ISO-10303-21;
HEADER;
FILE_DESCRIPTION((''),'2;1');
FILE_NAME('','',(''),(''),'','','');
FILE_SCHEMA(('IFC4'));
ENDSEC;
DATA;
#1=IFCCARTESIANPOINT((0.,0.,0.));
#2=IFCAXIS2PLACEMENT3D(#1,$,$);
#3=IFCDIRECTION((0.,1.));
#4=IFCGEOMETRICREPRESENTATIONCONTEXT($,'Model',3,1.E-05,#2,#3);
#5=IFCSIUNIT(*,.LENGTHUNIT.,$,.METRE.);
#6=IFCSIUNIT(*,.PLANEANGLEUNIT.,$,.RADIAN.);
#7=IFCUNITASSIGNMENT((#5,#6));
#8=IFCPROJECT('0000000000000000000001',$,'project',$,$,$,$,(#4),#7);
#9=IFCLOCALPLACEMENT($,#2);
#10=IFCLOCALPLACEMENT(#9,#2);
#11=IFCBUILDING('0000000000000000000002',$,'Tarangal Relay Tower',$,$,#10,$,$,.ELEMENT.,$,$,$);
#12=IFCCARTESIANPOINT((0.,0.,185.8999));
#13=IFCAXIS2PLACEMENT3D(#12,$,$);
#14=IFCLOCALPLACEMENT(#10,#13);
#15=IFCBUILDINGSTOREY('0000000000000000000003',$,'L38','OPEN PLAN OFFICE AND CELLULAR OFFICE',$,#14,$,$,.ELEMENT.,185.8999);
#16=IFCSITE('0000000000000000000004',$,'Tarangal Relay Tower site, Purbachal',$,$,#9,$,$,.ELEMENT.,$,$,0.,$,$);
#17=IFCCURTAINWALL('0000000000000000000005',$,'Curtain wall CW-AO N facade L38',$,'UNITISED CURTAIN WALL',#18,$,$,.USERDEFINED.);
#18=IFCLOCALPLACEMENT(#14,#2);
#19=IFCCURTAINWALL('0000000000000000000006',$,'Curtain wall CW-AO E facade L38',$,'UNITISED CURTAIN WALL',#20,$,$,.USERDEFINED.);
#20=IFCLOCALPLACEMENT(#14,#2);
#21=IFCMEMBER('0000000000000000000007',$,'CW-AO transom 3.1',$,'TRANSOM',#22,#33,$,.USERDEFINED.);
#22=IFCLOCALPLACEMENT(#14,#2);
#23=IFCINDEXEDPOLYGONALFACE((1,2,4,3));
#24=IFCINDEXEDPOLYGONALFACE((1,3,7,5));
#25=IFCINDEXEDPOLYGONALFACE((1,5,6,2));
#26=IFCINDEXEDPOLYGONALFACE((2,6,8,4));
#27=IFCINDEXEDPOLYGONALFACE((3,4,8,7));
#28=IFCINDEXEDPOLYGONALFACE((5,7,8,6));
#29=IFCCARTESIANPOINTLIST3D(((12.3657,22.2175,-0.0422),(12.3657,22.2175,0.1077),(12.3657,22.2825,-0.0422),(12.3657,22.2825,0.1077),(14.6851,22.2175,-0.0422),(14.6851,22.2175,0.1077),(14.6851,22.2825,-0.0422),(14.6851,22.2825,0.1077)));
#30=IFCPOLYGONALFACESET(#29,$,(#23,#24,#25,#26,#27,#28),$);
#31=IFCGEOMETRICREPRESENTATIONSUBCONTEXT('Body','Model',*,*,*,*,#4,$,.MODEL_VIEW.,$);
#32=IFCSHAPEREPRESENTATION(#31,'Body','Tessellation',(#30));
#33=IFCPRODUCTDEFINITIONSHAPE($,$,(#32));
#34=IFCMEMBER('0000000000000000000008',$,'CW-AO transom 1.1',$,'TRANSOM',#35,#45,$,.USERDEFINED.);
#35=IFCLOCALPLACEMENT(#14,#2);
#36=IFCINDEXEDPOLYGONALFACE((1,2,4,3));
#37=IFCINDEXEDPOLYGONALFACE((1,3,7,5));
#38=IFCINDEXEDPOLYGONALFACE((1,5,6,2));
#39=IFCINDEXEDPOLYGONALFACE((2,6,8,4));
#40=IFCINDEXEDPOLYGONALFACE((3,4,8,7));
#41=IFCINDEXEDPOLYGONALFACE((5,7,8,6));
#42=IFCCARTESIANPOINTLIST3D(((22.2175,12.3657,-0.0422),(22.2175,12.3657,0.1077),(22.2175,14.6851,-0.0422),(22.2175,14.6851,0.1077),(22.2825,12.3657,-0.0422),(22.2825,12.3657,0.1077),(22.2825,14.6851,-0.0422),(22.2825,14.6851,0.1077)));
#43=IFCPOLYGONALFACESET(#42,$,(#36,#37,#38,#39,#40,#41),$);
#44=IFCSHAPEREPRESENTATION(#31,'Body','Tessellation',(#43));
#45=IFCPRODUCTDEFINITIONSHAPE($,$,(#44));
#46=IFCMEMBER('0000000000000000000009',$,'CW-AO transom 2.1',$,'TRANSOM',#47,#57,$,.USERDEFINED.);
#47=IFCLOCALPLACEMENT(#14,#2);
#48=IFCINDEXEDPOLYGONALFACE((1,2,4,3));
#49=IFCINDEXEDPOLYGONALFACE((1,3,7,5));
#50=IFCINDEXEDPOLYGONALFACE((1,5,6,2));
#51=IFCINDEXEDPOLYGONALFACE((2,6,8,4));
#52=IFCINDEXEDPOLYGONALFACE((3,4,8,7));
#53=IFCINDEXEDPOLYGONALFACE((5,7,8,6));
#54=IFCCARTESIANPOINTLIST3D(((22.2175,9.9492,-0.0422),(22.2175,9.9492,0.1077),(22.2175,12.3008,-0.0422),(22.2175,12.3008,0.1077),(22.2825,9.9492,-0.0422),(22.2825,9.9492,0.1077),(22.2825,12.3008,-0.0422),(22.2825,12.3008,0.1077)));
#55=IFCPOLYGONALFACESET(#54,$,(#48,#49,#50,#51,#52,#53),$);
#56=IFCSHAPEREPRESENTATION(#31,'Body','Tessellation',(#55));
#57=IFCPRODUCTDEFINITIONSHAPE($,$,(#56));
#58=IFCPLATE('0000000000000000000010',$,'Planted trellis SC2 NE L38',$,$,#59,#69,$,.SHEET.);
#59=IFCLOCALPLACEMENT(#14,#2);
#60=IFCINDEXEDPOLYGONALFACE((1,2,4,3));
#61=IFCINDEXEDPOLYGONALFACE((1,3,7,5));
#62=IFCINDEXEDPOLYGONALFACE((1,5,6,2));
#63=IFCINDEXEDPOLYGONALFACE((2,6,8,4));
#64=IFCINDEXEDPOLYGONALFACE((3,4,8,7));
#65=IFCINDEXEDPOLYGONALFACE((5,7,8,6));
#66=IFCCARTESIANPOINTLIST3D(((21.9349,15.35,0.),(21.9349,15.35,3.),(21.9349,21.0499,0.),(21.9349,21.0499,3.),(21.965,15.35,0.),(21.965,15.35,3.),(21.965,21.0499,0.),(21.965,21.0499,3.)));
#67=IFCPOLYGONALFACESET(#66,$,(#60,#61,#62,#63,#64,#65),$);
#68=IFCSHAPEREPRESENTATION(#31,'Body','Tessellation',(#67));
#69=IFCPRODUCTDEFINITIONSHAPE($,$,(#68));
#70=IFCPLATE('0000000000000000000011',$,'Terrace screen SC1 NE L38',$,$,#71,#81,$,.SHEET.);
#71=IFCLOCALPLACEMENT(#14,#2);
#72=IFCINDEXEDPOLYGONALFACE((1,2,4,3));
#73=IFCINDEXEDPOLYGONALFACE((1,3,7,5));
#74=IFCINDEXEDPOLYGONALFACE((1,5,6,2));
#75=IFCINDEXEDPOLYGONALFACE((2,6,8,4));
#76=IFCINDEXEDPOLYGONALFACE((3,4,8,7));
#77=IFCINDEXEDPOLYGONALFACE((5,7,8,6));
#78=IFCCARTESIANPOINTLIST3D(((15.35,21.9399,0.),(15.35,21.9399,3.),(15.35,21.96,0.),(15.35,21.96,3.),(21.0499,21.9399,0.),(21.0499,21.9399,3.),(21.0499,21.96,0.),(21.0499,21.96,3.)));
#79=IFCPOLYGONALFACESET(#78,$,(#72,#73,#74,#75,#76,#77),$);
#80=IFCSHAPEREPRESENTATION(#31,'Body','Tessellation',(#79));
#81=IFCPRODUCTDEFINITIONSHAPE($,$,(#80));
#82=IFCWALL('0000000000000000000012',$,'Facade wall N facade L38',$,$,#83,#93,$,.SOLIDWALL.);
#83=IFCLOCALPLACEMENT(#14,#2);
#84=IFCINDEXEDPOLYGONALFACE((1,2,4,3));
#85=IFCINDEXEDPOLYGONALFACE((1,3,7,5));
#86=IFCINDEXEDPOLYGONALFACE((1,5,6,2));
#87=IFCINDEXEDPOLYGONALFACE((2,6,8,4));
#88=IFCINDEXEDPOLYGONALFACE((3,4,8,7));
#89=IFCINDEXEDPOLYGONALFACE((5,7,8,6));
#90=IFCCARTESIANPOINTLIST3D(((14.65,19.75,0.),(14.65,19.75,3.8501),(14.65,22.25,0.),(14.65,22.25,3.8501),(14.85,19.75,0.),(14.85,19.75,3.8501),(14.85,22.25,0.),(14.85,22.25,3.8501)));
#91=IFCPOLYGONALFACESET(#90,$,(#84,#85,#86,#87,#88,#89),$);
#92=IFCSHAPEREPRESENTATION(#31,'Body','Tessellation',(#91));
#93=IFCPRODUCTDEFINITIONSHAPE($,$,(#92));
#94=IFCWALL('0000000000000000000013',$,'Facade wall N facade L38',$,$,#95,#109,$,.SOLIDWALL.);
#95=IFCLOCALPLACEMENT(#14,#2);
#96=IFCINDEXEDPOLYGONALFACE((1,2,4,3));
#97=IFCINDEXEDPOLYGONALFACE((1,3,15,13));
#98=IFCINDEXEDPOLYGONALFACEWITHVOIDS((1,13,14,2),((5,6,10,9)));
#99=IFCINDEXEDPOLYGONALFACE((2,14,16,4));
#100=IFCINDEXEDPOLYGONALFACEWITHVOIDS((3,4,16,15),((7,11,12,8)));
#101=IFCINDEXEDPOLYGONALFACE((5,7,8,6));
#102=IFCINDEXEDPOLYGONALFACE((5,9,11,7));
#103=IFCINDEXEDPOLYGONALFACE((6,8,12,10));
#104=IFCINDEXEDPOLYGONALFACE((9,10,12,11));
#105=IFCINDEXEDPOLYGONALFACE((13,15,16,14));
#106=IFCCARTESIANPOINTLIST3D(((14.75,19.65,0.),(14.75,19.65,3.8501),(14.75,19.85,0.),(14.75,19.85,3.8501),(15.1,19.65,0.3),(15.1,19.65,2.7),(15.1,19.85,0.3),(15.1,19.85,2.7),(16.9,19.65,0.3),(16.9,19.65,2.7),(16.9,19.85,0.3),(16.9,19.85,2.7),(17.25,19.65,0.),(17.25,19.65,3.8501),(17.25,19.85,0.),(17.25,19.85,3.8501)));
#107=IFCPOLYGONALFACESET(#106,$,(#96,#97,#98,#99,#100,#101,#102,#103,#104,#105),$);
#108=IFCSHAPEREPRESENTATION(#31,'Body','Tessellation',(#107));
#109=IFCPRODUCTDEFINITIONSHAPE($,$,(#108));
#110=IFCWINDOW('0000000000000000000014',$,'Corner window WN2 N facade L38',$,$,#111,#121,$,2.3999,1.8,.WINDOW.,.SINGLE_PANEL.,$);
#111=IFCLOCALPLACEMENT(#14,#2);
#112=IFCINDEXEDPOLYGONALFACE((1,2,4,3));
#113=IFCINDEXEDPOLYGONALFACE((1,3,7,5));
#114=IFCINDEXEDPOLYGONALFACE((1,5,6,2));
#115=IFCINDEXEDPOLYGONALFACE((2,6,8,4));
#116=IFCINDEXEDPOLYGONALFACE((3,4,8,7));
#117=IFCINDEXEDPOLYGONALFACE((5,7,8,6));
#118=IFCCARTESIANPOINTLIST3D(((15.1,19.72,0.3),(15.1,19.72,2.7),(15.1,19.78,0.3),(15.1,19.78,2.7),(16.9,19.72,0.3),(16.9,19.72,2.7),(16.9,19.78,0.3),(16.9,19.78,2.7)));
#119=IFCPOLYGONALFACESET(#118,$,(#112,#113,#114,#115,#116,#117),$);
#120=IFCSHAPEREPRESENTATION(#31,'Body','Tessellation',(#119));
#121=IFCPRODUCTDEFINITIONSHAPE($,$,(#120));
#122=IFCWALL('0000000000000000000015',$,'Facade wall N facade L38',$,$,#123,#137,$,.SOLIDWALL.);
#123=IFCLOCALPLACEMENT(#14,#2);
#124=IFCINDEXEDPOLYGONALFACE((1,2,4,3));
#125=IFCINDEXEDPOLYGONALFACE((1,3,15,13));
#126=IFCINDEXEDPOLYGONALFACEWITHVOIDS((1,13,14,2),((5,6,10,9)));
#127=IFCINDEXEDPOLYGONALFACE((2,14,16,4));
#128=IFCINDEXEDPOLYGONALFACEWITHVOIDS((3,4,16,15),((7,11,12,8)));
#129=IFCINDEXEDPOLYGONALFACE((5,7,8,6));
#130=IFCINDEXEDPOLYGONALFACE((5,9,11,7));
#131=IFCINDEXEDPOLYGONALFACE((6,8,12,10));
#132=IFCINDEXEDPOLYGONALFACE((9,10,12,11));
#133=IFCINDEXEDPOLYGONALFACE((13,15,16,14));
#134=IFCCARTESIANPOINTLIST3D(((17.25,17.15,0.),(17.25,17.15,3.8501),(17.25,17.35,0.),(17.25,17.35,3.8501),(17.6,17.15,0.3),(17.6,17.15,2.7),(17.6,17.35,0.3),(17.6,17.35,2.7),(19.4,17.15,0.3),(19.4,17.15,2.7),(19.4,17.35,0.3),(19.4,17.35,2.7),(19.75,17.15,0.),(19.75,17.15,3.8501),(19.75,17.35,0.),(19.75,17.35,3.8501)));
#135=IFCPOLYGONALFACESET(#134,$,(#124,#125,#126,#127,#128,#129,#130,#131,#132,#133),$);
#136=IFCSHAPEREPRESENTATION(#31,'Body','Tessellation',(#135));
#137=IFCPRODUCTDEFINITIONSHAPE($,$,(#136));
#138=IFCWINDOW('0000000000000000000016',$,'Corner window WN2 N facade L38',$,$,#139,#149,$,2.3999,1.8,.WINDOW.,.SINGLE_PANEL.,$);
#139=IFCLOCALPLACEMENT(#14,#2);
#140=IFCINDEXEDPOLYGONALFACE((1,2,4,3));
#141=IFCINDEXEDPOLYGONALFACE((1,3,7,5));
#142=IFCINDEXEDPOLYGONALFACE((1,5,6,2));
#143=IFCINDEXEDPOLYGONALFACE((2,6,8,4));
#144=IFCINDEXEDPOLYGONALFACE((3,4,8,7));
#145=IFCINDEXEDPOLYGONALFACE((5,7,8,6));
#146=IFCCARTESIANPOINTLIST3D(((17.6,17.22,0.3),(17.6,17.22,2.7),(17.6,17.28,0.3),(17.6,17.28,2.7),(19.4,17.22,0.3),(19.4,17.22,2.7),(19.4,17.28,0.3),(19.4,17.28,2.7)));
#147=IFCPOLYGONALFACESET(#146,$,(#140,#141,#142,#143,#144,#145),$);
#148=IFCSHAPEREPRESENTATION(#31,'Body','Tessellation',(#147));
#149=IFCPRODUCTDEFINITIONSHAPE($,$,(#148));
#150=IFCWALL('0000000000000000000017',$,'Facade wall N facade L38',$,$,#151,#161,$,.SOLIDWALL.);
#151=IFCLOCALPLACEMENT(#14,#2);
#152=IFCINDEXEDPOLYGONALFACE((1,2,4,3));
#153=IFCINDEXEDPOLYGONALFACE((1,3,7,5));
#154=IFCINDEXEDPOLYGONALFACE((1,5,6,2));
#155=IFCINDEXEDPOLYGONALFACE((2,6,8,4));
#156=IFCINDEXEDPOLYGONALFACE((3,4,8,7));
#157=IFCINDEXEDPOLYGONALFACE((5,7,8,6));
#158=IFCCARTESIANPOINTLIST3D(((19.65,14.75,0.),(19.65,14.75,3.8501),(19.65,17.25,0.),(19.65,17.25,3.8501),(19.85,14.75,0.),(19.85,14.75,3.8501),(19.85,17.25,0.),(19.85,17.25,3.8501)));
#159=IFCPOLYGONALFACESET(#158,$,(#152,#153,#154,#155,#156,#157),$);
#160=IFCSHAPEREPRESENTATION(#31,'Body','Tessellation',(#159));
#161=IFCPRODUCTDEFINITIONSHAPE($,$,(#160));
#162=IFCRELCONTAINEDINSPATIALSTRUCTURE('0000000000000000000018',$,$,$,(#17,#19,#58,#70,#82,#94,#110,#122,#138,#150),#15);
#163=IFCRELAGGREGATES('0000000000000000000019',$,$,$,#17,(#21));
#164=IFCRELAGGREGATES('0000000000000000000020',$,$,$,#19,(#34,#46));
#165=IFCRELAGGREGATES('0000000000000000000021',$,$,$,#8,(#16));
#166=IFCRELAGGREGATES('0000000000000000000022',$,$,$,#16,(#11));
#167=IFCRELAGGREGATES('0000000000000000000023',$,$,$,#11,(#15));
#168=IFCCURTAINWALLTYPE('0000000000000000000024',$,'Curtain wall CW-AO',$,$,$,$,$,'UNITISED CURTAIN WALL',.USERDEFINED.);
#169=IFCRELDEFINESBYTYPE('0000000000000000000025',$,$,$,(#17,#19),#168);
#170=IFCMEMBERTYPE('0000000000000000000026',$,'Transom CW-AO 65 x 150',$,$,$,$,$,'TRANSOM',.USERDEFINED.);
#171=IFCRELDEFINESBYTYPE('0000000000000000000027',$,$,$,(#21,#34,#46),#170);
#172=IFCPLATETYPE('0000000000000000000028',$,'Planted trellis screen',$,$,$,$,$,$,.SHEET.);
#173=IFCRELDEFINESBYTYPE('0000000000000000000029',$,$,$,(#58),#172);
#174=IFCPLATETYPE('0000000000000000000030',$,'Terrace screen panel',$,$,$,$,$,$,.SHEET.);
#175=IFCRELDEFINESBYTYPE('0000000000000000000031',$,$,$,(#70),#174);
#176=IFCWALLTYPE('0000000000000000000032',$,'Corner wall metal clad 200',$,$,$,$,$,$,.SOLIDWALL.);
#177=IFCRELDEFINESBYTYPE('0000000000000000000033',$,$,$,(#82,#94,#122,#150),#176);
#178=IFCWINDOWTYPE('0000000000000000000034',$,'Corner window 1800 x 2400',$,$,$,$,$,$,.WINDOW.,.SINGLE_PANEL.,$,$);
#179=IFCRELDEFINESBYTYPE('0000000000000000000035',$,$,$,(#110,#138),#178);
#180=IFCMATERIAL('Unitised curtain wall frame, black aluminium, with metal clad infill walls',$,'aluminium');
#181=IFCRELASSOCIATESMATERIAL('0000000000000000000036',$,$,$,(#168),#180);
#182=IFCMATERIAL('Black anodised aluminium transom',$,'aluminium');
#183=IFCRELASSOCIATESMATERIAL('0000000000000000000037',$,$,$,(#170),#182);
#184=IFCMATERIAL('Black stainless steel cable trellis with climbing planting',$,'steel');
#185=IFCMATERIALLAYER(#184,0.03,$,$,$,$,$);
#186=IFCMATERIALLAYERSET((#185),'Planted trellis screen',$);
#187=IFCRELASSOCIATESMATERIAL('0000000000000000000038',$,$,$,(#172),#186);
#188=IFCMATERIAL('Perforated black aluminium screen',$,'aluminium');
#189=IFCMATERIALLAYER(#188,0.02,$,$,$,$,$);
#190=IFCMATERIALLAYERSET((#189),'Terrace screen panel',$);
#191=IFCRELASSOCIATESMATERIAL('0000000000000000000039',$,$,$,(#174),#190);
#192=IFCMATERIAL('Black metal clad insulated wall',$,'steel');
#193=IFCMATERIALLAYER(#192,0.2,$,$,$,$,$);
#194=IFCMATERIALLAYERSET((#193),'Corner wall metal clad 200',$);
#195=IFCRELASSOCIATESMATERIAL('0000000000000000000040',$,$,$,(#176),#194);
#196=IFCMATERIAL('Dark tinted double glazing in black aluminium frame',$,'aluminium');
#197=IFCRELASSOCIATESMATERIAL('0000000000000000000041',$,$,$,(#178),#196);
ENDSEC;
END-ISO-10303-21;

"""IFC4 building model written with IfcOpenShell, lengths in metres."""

from ifc_helpers import new_model, si_unit, direction, frame, frame_2d, origin, origin_2d, place, context, subcontext, project, spatial, rectangle, extrude, material, layer, layer_set, material_profile, profile_set, type_object, element, fill, aggregate, save


model = new_model("IFC4")

# Units and contexts
model_context = context("Model", 3, precision=1e-05, world=origin(), true_north=direction((0.0, 1.0)))
body_context = subcontext(model_context, "Body", "Model", "MODEL_VIEW")
ifc_project = project(units=[si_unit("LENGTHUNIT", "METRE"), si_unit("PLANEANGLEUNIT", "RADIAN")], contexts=[model_context])

# Site, building, storey
site_placement = place(None, origin())
site = spatial("IfcSite", under=ifc_project, at=site_placement, Name="Tarangal Relay Tower site, Purbachal", CompositionType="ELEMENT", RefElevation=0.0)
building_placement = place(site_placement, origin())
building = spatial("IfcBuilding", under=site, at=building_placement, Name="Tarangal Relay Tower", CompositionType="ELEMENT")
storey_placement = place(building_placement, frame((0.0, 0.0, 185.8999)))
storey = spatial("IfcBuildingStorey", under=building, at=storey_placement, Name="L38", Description="OPEN PLAN OFFICE AND CELLULAR OFFICE", CompositionType="ELEMENT", Elevation=185.8999)

# Curtain walls
ifc_material_1 = material(Name="Unitised curtain wall frame, black aluminium, with metal clad infill walls", Category="aluminium")
curtain_wall_type = type_object("IfcCurtainWallType", Name="Curtain wall CW-AO", ElementType="UNITISED CURTAIN WALL", PredefinedType="USERDEFINED", material=ifc_material_1)
curtain_wall_1_placement = place(storey_placement, origin())
curtain_wall_1 = element("IfcCurtainWall", 1, at=curtain_wall_1_placement, inside=storey, type_object=curtain_wall_type, Name="Curtain wall CW-AO N facade L38", ObjectType="UNITISED CURTAIN WALL", PredefinedType="USERDEFINED")
curtain_wall_2_placement = place(storey_placement, origin())
curtain_wall_2 = element("IfcCurtainWall", 2, at=curtain_wall_2_placement, inside=storey, type_object=curtain_wall_type, Name="Curtain wall CW-AO E facade L38", ObjectType="UNITISED CURTAIN WALL", PredefinedType="USERDEFINED")

# Members
ifc_material_2 = material(Name="Black anodised aluminium transom", Category="aluminium")
ifc_material_profile_1 = material_profile(ifc_material_2, rectangle(XDim=0.0649, YDim=0.1499, at=origin_2d()), Name="CW-AOT 65X150")
ifc_profile_set_1 = profile_set([ifc_material_profile_1], Name="Black anodised aluminium transom")
member_type_1 = type_object("IfcMemberType", Name="Transom CW-AO 65 x 150", ElementType="TRANSOM", PredefinedType="USERDEFINED", material=ifc_profile_set_1)
member_1_placement = place(storey_placement, frame((12.3657, 22.25, 0.0327), z_axis=(1.0, 0.0, 0.0), x_axis=(0.0, 1.0, 0.0)))
member_1 = element("IfcMember", 3, at=member_1_placement, type_object=member_type_1, Name="CW-AO transom 3.1", ObjectType="TRANSOM", PredefinedType="USERDEFINED", context=body_context, shape_type="SweptSolid", body=[
    extrude(rectangle(XDim=0.0649, YDim=0.1499, at=origin_2d()), origin(), (0.0, 0.0, 1.0), 2.3193),
])
aggregate(curtain_wall_1, [member_1])
member_2_placement = place(storey_placement, frame((22.25, 14.6851, 0.0327), z_axis=(0.0, -1.0, 0.0), x_axis=(1.0, 0.0, 0.0)))
member_2 = element("IfcMember", 4, at=member_2_placement, type_object=member_type_1, Name="CW-AO transom 1.1", ObjectType="TRANSOM", PredefinedType="USERDEFINED", context=body_context, shape_type="SweptSolid", body=[
    extrude(rectangle(XDim=0.0649, YDim=0.1499, at=origin_2d()), origin(), (0.0, 0.0, 1.0), 2.3193),
])
member_3_placement = place(storey_placement, frame((22.25, 12.3008, 0.0327), z_axis=(0.0, -1.0, 0.0), x_axis=(1.0, 0.0, 0.0)))
member_3 = element("IfcMember", 5, at=member_3_placement, type_object=member_type_1, Name="CW-AO transom 2.1", ObjectType="TRANSOM", PredefinedType="USERDEFINED", context=body_context, shape_type="SweptSolid", body=[
    extrude(rectangle(XDim=0.0649, YDim=0.1499, at=origin_2d()), origin(), (0.0, 0.0, 1.0), 2.3516),
])
aggregate(curtain_wall_2, [member_2, member_3])

# Plates
ifc_material_3 = material(Name="Black stainless steel cable trellis with climbing planting", Category="steel")
ifc_layer_1 = layer(ifc_material_3, 0.03)
ifc_layer_set_1 = layer_set([ifc_layer_1], Name="Planted trellis screen")
plate_type_1 = type_object("IfcPlateType", Name="Planted trellis screen", PredefinedType="SHEET", material=ifc_layer_set_1)
plate_1_placement = place(storey_placement, frame((21.95, 18.2, 0.0), z_axis=(0.0, 0.0, 1.0), x_axis=(0.0, -1.0, 0.0)))
element("IfcPlate", 6, at=plate_1_placement, inside=storey, type_object=plate_type_1, Name="Planted trellis SC2 NE L38", PredefinedType="SHEET", context=body_context, shape_type="SweptSolid", body=[
    extrude(rectangle(XDim=5.7, YDim=0.03, at=origin_2d()), origin(), (0.0, 0.0, 1.0), 3.0),
])
ifc_material_4 = material(Name="Perforated black aluminium screen", Category="aluminium")
ifc_layer_2 = layer(ifc_material_4, 0.02)
ifc_layer_set_2 = layer_set([ifc_layer_2], Name="Terrace screen panel")
plate_type_2 = type_object("IfcPlateType", Name="Terrace screen panel", PredefinedType="SHEET", material=ifc_layer_set_2)
plate_2_placement = place(storey_placement, frame((18.2, 21.95, 0.0), z_axis=(0.0, 0.0, 1.0), x_axis=(1.0, 0.0, 0.0)))
element("IfcPlate", 7, at=plate_2_placement, inside=storey, type_object=plate_type_2, Name="Terrace screen SC1 NE L38", PredefinedType="SHEET", context=body_context, shape_type="SweptSolid", body=[
    extrude(rectangle(XDim=5.7, YDim=0.02, at=origin_2d()), origin(), (0.0, 0.0, 1.0), 3.0),
])

# Wall
ifc_material_5 = material(Name="Black metal clad insulated wall", Category="steel")
ifc_layer_3 = layer(ifc_material_5, 0.2)
ifc_layer_set_3 = layer_set([ifc_layer_3], Name="Corner wall metal clad 200")
wall_type_1 = type_object("IfcWallType", Name="Corner wall metal clad 200", PredefinedType="SOLIDWALL", material=ifc_layer_set_3)
wall_1_placement = place(storey_placement, frame((14.75, 22.25, 0.0), z_axis=(0.0, 0.0, 1.0), x_axis=(0.0, -1.0, 0.0)))
element("IfcWall", 8, at=wall_1_placement, inside=storey, type_object=wall_type_1, Name="Facade wall N facade L38", PredefinedType="SOLIDWALL", context=body_context, shape_type="SweptSolid", body=[
    extrude(rectangle(XDim=2.5, YDim=0.2, at=frame_2d((1.25, 0.0))), origin(), (0.0, 0.0, 1.0), 3.8501),
])

# Wall, opening, window
wall_2_placement = place(storey_placement, frame((14.75, 19.75, 0.0), z_axis=(0.0, 0.0, 1.0), x_axis=(1.0, 0.0, 0.0)))
wall_2 = element("IfcWall", 9, at=wall_2_placement, inside=storey, type_object=wall_type_1, Name="Facade wall N facade L38", PredefinedType="SOLIDWALL", context=body_context, shape_type="SweptSolid", body=[
    extrude(rectangle(XDim=2.5, YDim=0.2, at=frame_2d((1.25, 0.0))), origin(), (0.0, 0.0, 1.0), 3.8501),
])
opening_1_placement = place(wall_2_placement, frame((0.3501, 0.0, 0.3)))
opening_1 = element("IfcOpeningElement", 10, at=opening_1_placement, cuts=wall_2, PredefinedType="OPENING", context=body_context, shape_type="SweptSolid", body=[
    extrude(rectangle(XDim=1.8, YDim=2.3999, at=frame_2d((0.8999, 1.2))), frame((0.0, 0.1099, 0.0), z_axis=(0.0, -1.0, 0.0), x_axis=(1.0, 0.0, 0.0)), (0.0, 0.0, 1.0), 0.22),
])
ifc_material_6 = material(Name="Dark tinted double glazing in black aluminium frame", Category="aluminium")
window_type = type_object("IfcWindowType", Name="Corner window 1800 x 2400", PartitioningType="SINGLE_PANEL", PredefinedType="WINDOW", material=ifc_material_6)
window_1_placement = place(opening_1_placement, origin())
window_1 = element("IfcWindow", 11, at=window_1_placement, inside=storey, type_object=window_type, Name="Corner window WN2 N facade L38", OverallHeight=2.3999, OverallWidth=1.8, PartitioningType="SINGLE_PANEL", PredefinedType="WINDOW", context=body_context, shape_type="SweptSolid", body=[
    extrude(rectangle(XDim=1.8, YDim=2.3999, at=frame_2d((0.8999, 1.2))), frame((0.0, 0.03, 0.0), z_axis=(0.0, -1.0, 0.0), x_axis=(1.0, 0.0, 0.0)), (0.0, 0.0, 1.0), 0.0601),
])
fill(opening_1, window_1)

# Wall, opening, window
wall_3_placement = place(storey_placement, frame((17.25, 17.25, 0.0), z_axis=(0.0, 0.0, 1.0), x_axis=(1.0, 0.0, 0.0)))
wall_3 = element("IfcWall", 12, at=wall_3_placement, inside=storey, type_object=wall_type_1, Name="Facade wall N facade L38", PredefinedType="SOLIDWALL", context=body_context, shape_type="SweptSolid", body=[
    extrude(rectangle(XDim=2.5, YDim=0.2, at=frame_2d((1.25, 0.0))), origin(), (0.0, 0.0, 1.0), 3.8501),
])
opening_2_placement = place(wall_3_placement, frame((0.3501, 0.0, 0.3)))
opening_2 = element("IfcOpeningElement", 13, at=opening_2_placement, cuts=wall_3, PredefinedType="OPENING", context=body_context, shape_type="SweptSolid", body=[
    extrude(rectangle(XDim=1.8, YDim=2.3999, at=frame_2d((0.8999, 1.2))), frame((0.0, 0.1099, 0.0), z_axis=(0.0, -1.0, 0.0), x_axis=(1.0, 0.0, 0.0)), (0.0, 0.0, 1.0), 0.22),
])
window_2_placement = place(opening_2_placement, origin())
window_2 = element("IfcWindow", 14, at=window_2_placement, inside=storey, type_object=window_type, Name="Corner window WN2 N facade L38", OverallHeight=2.3999, OverallWidth=1.8, PartitioningType="SINGLE_PANEL", PredefinedType="WINDOW", context=body_context, shape_type="SweptSolid", body=[
    extrude(rectangle(XDim=1.8, YDim=2.3999, at=frame_2d((0.8999, 1.2))), frame((0.0, 0.03, 0.0), z_axis=(0.0, -1.0, 0.0), x_axis=(1.0, 0.0, 0.0)), (0.0, 0.0, 1.0), 0.0601),
])
fill(opening_2, window_2)

# Wall
wall_4_placement = place(storey_placement, frame((19.75, 17.25, 0.0), z_axis=(0.0, 0.0, 1.0), x_axis=(0.0, -1.0, 0.0)))
element("IfcWall", 15, at=wall_4_placement, inside=storey, type_object=wall_type_1, Name="Facade wall N facade L38", PredefinedType="SOLIDWALL", context=body_context, shape_type="SweptSolid", body=[
    extrude(rectangle(XDim=2.5, YDim=0.2, at=frame_2d((1.25, 0.0))), origin(), (0.0, 0.0, 1.0), 3.8501),
])

save(model, "model.ifc")
